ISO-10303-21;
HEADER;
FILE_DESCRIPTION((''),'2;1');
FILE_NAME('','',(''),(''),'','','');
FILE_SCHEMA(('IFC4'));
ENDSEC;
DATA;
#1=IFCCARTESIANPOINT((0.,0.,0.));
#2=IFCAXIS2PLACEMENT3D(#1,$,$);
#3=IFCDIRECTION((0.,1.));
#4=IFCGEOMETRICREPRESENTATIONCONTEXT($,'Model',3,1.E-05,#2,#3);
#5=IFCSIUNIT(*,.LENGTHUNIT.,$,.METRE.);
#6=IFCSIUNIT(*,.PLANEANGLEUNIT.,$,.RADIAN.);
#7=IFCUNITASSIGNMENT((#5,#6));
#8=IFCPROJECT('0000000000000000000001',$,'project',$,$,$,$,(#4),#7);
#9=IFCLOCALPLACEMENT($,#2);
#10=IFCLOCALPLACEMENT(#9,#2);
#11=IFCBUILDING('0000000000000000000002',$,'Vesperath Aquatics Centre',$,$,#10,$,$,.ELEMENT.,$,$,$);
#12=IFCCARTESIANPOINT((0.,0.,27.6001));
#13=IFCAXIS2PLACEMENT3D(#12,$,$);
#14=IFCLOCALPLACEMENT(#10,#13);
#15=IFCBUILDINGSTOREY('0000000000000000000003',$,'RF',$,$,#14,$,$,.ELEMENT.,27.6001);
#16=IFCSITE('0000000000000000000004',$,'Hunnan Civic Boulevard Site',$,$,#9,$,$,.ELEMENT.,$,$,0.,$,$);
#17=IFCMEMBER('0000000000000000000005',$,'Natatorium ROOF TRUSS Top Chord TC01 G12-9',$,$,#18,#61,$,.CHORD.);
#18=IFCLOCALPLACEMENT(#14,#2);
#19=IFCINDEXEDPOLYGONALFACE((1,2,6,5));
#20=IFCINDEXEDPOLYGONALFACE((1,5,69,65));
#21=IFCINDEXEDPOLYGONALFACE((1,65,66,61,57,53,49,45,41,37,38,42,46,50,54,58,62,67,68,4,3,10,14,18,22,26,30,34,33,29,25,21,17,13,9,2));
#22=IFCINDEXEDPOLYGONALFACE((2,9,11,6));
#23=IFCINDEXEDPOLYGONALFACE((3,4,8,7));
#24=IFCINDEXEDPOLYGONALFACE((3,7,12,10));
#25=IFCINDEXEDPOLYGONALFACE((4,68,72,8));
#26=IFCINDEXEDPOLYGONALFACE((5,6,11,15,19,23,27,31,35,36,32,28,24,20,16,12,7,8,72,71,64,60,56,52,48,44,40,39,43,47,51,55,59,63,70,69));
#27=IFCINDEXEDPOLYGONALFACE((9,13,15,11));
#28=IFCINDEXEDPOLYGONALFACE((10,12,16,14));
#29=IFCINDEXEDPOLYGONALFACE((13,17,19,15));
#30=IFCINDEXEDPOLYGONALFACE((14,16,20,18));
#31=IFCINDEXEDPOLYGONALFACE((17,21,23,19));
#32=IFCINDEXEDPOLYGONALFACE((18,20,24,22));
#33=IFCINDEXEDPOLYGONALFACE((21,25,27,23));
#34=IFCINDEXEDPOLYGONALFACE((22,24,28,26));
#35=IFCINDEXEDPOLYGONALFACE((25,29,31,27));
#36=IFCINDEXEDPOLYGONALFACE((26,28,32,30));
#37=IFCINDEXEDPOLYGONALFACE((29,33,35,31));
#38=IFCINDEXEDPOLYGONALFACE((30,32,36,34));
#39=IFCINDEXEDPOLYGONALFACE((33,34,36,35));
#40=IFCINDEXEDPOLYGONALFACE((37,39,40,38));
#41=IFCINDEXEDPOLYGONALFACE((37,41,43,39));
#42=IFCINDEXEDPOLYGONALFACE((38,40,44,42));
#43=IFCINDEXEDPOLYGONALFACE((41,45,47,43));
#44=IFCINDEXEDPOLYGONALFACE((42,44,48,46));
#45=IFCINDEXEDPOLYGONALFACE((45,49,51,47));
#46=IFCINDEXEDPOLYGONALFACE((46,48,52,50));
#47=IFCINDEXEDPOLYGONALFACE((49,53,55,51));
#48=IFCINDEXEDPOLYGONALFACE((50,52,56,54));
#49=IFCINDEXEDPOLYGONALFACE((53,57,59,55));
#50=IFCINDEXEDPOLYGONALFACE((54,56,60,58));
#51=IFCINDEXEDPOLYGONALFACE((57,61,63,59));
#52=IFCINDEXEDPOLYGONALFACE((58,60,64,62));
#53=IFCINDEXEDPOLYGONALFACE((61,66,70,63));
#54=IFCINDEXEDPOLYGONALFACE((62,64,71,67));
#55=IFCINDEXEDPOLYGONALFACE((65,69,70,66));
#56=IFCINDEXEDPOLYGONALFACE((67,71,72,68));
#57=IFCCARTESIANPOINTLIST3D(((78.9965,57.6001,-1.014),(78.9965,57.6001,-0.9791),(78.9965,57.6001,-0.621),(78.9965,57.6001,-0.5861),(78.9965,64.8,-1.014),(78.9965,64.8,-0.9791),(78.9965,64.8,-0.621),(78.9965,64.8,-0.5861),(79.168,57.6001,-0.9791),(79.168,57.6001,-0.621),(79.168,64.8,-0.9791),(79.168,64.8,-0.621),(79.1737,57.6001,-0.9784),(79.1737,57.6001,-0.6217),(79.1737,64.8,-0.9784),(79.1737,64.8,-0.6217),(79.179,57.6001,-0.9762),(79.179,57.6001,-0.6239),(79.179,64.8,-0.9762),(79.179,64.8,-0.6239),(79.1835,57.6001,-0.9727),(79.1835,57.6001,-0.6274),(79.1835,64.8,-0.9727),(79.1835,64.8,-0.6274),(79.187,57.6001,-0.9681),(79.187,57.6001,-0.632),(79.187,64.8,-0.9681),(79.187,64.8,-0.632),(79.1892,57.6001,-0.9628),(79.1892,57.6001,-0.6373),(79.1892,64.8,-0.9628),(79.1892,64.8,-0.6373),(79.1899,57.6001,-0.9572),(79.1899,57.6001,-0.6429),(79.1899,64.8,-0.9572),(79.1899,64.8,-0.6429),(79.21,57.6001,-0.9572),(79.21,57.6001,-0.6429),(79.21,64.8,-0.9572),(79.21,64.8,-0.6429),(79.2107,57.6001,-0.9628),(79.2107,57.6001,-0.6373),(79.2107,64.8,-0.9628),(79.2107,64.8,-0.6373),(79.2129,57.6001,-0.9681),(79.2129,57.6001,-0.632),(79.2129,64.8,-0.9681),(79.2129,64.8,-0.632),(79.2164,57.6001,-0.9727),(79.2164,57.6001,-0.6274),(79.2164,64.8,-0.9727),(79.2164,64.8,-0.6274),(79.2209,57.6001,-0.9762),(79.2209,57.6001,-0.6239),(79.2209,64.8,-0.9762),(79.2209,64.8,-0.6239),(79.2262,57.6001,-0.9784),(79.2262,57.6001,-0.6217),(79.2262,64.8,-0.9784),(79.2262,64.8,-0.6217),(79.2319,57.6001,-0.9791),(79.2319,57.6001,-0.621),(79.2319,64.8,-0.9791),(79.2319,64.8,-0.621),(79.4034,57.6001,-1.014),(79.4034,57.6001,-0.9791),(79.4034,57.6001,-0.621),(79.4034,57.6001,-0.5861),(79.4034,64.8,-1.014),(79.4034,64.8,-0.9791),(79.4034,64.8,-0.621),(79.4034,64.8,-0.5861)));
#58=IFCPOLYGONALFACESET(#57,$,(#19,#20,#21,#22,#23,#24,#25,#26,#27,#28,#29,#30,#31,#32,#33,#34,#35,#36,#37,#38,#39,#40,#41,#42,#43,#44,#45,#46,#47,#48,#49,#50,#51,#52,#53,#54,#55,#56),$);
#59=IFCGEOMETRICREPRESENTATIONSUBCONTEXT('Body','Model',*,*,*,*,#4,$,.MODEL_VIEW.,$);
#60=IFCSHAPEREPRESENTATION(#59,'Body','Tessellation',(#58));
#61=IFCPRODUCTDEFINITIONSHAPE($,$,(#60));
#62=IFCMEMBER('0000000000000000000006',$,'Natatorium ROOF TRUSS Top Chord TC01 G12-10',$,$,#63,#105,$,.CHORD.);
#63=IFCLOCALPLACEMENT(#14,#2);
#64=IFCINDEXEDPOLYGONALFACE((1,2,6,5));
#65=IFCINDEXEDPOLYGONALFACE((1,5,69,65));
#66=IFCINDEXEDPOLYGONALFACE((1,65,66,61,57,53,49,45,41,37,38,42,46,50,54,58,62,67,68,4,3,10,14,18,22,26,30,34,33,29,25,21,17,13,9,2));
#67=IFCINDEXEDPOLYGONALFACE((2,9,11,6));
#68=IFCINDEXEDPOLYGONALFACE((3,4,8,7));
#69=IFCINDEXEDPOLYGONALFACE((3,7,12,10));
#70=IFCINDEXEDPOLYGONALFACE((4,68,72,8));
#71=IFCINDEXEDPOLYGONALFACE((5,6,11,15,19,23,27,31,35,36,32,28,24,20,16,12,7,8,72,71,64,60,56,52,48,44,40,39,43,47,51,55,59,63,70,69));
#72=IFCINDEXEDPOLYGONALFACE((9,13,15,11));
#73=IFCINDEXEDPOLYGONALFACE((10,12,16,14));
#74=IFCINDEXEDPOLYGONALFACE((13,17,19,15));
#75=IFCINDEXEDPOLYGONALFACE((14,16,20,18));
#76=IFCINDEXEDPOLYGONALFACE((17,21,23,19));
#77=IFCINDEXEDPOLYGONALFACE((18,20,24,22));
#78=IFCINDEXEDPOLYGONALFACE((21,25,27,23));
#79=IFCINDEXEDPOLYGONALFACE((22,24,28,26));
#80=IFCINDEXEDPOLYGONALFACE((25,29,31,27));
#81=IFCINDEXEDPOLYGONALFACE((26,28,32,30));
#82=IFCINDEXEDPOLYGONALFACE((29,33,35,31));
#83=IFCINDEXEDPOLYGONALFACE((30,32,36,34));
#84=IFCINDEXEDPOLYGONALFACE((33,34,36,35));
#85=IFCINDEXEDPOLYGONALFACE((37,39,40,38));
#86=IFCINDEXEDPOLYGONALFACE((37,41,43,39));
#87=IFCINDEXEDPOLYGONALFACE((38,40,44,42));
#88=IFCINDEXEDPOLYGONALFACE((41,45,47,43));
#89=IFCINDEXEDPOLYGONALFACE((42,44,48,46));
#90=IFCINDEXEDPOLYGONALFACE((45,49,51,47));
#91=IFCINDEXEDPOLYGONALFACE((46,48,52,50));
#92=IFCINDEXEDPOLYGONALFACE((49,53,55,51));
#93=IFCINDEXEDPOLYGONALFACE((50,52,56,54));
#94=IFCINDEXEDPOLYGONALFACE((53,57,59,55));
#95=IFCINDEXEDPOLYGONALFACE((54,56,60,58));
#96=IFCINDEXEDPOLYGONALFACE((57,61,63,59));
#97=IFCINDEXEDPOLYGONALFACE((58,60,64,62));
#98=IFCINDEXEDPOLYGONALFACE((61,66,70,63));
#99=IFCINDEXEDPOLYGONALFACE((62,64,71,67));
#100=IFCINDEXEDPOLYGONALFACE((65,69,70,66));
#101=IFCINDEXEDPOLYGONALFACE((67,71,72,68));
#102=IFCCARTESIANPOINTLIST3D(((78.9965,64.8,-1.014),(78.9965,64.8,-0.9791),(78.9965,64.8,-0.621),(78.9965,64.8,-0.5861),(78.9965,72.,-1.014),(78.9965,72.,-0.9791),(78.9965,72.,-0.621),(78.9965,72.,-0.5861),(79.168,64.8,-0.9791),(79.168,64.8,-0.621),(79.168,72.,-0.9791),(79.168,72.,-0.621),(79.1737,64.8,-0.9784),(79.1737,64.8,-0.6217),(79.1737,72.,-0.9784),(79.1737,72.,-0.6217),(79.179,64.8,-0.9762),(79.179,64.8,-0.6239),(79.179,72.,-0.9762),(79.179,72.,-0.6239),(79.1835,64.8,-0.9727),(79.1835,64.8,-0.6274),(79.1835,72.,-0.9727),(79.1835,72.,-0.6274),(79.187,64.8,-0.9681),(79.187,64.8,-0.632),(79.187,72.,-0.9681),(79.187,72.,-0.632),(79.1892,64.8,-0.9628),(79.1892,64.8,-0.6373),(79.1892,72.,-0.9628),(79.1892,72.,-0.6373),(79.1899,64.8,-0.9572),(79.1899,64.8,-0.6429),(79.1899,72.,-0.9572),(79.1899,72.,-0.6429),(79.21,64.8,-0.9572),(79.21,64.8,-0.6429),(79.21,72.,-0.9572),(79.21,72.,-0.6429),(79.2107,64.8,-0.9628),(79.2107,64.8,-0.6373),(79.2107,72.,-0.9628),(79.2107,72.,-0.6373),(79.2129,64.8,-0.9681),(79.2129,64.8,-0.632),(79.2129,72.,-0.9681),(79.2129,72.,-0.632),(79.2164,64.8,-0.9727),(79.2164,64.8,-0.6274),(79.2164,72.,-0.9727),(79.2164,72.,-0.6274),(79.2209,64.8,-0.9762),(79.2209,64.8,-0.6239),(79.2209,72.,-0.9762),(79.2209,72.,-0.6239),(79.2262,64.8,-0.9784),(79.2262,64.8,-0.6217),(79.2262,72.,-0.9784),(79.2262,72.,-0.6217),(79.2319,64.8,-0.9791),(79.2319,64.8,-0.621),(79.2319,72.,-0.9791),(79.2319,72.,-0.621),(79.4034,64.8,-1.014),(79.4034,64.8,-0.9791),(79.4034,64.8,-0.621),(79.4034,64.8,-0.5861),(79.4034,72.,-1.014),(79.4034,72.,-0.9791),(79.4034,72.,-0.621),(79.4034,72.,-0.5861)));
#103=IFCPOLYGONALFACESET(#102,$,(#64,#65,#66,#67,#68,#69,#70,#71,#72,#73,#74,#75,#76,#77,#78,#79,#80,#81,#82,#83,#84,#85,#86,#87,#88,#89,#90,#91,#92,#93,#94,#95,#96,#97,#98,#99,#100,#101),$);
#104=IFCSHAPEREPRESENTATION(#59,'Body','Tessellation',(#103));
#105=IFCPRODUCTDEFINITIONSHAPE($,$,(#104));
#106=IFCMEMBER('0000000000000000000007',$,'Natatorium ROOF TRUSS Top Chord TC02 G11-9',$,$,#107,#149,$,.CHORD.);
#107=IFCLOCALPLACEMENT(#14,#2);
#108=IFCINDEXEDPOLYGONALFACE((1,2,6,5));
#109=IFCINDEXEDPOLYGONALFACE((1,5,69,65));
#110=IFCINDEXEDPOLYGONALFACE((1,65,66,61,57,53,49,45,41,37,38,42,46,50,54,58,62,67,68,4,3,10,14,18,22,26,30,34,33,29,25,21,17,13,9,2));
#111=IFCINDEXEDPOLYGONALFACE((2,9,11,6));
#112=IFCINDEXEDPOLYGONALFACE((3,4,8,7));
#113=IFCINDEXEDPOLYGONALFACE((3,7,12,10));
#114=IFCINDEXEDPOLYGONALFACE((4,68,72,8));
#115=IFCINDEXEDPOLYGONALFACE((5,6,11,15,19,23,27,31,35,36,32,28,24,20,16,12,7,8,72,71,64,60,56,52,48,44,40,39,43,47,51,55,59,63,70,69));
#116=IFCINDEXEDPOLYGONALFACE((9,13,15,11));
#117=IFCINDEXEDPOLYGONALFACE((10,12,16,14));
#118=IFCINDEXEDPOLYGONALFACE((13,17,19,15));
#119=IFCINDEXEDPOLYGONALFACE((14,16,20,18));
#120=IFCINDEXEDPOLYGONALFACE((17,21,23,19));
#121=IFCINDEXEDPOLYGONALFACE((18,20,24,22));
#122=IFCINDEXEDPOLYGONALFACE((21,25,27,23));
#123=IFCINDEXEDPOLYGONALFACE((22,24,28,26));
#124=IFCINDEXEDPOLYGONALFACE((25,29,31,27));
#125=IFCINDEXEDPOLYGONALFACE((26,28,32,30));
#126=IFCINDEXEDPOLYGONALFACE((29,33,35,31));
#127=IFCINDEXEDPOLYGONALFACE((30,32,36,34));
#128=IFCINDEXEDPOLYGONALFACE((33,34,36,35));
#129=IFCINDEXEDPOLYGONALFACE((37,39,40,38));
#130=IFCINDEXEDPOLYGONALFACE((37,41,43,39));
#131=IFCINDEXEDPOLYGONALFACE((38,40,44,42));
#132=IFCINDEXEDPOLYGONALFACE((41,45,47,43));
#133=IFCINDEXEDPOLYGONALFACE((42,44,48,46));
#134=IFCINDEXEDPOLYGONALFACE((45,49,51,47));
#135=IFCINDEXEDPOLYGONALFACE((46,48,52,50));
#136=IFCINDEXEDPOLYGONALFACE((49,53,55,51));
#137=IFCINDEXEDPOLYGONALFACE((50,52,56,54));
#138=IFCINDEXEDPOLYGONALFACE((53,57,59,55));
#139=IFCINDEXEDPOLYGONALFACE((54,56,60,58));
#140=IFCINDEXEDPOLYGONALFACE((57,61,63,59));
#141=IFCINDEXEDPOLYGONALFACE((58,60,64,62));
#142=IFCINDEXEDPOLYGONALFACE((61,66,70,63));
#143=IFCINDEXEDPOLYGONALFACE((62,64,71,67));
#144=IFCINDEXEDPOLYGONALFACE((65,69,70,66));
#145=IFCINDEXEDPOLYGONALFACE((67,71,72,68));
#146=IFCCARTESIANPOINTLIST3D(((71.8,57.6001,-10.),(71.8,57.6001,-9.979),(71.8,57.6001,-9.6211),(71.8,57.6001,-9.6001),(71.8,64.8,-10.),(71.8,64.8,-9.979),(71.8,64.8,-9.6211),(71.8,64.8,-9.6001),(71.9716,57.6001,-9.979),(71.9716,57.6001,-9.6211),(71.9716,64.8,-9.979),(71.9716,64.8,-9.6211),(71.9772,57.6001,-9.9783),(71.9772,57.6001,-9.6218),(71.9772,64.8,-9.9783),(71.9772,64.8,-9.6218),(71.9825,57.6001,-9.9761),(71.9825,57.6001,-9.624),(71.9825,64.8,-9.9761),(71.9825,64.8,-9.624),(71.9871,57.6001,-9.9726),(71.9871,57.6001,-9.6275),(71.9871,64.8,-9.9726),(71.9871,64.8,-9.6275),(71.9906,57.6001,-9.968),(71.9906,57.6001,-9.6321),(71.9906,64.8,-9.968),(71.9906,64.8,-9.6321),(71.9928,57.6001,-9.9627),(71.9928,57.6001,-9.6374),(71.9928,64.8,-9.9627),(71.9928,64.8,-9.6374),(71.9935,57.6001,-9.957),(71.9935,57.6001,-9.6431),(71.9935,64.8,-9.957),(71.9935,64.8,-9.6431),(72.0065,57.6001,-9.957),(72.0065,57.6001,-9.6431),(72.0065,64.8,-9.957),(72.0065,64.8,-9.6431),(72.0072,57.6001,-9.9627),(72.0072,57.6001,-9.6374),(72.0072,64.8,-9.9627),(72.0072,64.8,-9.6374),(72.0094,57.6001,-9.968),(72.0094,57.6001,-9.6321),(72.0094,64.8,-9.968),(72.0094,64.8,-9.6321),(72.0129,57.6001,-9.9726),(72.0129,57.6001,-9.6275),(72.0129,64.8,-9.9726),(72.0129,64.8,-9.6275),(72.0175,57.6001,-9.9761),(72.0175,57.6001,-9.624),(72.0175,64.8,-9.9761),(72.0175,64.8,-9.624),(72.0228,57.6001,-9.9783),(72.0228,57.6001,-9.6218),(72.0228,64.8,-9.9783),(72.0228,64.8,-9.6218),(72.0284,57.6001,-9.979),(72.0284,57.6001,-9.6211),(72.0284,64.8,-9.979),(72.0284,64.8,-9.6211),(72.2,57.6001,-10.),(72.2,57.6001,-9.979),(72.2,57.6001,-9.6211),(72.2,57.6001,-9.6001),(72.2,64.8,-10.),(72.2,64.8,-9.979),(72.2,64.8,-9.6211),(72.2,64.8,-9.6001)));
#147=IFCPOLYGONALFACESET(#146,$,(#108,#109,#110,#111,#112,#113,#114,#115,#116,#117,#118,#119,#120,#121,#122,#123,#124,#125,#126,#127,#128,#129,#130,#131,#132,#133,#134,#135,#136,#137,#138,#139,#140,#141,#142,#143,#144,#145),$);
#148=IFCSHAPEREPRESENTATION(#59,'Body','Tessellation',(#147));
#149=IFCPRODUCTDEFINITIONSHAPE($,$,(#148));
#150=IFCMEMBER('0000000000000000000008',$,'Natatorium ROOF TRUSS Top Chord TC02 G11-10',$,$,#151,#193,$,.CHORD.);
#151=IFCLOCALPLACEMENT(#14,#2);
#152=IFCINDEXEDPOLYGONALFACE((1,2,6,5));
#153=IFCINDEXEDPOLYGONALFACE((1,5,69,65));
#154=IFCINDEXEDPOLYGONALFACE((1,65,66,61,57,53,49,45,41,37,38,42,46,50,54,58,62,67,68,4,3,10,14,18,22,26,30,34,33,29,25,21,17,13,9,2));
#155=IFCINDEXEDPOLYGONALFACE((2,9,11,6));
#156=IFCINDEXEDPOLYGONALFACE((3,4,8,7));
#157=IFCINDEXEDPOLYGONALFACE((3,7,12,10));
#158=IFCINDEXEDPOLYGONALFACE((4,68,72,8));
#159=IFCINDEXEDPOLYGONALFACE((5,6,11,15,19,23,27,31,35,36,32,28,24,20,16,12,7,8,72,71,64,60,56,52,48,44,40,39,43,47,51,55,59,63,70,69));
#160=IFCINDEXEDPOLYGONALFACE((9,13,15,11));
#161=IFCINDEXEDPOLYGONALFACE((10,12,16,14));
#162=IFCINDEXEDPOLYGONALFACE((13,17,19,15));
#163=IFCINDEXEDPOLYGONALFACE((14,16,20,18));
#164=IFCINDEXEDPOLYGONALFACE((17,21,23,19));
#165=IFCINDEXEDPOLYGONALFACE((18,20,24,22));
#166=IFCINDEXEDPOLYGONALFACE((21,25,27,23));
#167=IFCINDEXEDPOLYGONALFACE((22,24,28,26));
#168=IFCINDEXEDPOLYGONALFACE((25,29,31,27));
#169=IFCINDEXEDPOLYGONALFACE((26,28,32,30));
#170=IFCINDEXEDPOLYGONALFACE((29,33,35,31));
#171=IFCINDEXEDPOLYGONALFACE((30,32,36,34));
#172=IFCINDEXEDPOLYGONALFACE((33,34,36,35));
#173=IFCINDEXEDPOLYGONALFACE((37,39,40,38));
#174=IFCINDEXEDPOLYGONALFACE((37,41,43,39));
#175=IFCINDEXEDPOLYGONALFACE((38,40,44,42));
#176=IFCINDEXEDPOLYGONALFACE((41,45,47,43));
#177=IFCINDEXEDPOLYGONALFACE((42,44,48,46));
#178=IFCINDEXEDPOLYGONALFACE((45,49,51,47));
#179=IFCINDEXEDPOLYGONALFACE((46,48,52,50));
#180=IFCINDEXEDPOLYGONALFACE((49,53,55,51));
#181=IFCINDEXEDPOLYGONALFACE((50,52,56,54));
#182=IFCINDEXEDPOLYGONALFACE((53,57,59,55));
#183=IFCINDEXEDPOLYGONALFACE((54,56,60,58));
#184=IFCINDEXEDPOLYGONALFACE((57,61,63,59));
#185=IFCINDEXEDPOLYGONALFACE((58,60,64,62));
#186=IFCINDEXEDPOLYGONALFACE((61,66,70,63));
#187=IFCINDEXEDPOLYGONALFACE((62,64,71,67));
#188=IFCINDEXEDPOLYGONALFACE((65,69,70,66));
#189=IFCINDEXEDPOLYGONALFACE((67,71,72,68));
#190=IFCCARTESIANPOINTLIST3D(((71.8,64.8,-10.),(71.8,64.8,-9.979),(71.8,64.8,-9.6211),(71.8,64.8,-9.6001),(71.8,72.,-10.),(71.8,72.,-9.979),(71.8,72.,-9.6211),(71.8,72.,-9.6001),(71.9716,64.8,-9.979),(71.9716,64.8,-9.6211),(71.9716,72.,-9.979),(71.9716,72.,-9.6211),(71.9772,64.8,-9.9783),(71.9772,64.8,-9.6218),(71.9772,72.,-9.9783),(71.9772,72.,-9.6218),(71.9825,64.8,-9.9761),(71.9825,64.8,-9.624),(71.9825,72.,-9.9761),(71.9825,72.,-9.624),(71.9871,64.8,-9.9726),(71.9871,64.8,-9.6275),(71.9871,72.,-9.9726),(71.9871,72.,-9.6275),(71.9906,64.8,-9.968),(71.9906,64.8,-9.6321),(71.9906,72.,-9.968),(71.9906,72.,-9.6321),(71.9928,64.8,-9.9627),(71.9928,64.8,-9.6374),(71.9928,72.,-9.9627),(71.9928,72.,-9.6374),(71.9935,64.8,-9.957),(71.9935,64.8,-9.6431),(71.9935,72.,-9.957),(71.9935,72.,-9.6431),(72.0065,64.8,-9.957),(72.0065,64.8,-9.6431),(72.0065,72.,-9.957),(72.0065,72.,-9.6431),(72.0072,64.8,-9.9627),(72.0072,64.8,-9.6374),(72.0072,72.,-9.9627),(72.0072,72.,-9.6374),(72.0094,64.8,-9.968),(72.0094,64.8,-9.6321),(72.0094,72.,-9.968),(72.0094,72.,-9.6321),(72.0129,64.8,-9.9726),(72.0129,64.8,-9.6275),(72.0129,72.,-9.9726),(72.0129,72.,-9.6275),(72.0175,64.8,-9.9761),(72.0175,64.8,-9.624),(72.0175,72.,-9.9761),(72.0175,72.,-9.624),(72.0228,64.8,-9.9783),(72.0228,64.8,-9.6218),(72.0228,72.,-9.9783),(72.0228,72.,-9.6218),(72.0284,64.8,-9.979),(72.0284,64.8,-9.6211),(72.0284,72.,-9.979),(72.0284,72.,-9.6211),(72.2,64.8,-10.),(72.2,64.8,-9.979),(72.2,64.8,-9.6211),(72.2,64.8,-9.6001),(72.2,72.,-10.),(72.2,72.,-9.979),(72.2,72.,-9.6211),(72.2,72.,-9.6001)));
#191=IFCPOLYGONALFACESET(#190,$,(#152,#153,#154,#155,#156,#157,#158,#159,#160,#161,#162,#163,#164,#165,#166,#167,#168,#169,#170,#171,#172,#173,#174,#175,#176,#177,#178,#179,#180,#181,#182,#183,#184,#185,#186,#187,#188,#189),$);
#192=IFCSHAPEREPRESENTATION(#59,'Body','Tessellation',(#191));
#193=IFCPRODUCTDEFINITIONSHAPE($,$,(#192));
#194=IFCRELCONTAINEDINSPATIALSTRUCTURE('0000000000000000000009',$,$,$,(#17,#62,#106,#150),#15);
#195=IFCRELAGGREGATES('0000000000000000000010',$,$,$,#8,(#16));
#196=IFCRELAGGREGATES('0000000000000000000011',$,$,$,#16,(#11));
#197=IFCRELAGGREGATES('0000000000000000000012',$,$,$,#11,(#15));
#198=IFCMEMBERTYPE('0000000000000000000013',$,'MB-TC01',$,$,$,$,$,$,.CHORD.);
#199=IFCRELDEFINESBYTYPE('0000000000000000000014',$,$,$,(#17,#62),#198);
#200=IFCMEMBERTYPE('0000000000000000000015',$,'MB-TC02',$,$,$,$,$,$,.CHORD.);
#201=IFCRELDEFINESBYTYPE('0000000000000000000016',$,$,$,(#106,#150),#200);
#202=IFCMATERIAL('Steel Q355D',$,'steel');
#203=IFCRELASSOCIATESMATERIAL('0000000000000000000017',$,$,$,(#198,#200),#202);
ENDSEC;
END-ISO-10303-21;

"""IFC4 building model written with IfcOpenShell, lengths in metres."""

from ifc_helpers import new_model, si_unit, direction, frame, origin, origin_2d, place, context, subcontext, project, spatial, i_section, extrude, material, material_profile, profile_set, type_object, element, save


model = new_model("IFC4")

# Units and contexts
model_context = context("Model", 3, precision=1e-05, world=origin(), true_north=direction((0.0, 1.0)))
body_context = subcontext(model_context, "Body", "Model", "MODEL_VIEW")
ifc_project = project(units=[si_unit("LENGTHUNIT", "METRE"), si_unit("PLANEANGLEUNIT", "RADIAN")], contexts=[model_context])

# Site, building, storey
site_placement = place(None, origin())
site = spatial("IfcSite", under=ifc_project, at=site_placement, Name="Hunnan Civic Boulevard Site", CompositionType="ELEMENT", RefElevation=0.0)
building_placement = place(site_placement, origin())
building = spatial("IfcBuilding", under=site, at=building_placement, Name="Vesperath Aquatics Centre", CompositionType="ELEMENT")
storey_placement = place(building_placement, frame((0.0, 0.0, 27.6001)))
storey = spatial("IfcBuildingStorey", under=building, at=storey_placement, Name="RF", CompositionType="ELEMENT", Elevation=27.6001)

# Members
ifc_material_1 = material(Name="Steel Q355D", Category="steel")
ifc_material_profile_1 = material_profile(ifc_material_1, i_section(OverallWidth=0.407, OverallDepth=0.428, WebThickness=0.02, FlangeThickness=0.0349, FilletRadius=0.022, at=origin_2d()), Name="HW 428x407x20x35")
ifc_profile_set_1 = profile_set([ifc_material_profile_1], Name="Steel Q355D")
member_type_1 = type_object("IfcMemberType", Name="MB-TC01", PredefinedType="CHORD", material=ifc_profile_set_1)
for number, where, z_axis, x_axis, name in (
    (1, (79.2, 57.6001, -0.8), (0.0, 1.0, 0.0), (-1.0, 0.0, 0.0), "Natatorium ROOF TRUSS Top Chord TC01 G12-9"),
    (2, (79.2, 64.8, -0.8), (0.0, 1.0, 0.0), (-1.0, 0.0, 0.0), "Natatorium ROOF TRUSS Top Chord TC01 G12-10"),
):
    element("IfcMember", number, at=place(storey_placement, frame(where, z_axis=z_axis, x_axis=x_axis)), inside=storey, type_object=member_type_1, Name=name, PredefinedType="CHORD", context=body_context, shape_type="SweptSolid", body=[
        extrude(i_section(OverallWidth=0.407, OverallDepth=0.428, WebThickness=0.02, FlangeThickness=0.0349, FilletRadius=0.022, at=origin_2d()), origin(), (0.0, 0.0, 1.0), 7.2),
    ])
ifc_material_profile_2 = material_profile(ifc_material_1, i_section(OverallWidth=0.3999, OverallDepth=0.3999, WebThickness=0.0129, FlangeThickness=0.021, FilletRadius=0.022, at=origin_2d()), Name="HW 400x400x13x21")
ifc_profile_set_2 = profile_set([ifc_material_profile_2], Name="Steel Q355D")
member_type_2 = type_object("IfcMemberType", Name="MB-TC02", PredefinedType="CHORD", material=ifc_profile_set_2)
for number, where, z_axis, x_axis, name in (
    (3, (72.0, 57.6001, -9.8), (0.0, 1.0, 0.0), (-1.0, 0.0, 0.0), "Natatorium ROOF TRUSS Top Chord TC02 G11-9"),
    (4, (72.0, 64.8, -9.8), (0.0, 1.0, 0.0), (-1.0, 0.0, 0.0), "Natatorium ROOF TRUSS Top Chord TC02 G11-10"),
):
    element("IfcMember", number, at=place(storey_placement, frame(where, z_axis=z_axis, x_axis=x_axis)), inside=storey, type_object=member_type_2, Name=name, PredefinedType="CHORD", context=body_context, shape_type="SweptSolid", body=[
        extrude(i_section(OverallWidth=0.3999, OverallDepth=0.3999, WebThickness=0.0129, FlangeThickness=0.021, FilletRadius=0.022, at=origin_2d()), origin(), (0.0, 0.0, 1.0), 7.2),
    ])

save(model, "model.ifc")
